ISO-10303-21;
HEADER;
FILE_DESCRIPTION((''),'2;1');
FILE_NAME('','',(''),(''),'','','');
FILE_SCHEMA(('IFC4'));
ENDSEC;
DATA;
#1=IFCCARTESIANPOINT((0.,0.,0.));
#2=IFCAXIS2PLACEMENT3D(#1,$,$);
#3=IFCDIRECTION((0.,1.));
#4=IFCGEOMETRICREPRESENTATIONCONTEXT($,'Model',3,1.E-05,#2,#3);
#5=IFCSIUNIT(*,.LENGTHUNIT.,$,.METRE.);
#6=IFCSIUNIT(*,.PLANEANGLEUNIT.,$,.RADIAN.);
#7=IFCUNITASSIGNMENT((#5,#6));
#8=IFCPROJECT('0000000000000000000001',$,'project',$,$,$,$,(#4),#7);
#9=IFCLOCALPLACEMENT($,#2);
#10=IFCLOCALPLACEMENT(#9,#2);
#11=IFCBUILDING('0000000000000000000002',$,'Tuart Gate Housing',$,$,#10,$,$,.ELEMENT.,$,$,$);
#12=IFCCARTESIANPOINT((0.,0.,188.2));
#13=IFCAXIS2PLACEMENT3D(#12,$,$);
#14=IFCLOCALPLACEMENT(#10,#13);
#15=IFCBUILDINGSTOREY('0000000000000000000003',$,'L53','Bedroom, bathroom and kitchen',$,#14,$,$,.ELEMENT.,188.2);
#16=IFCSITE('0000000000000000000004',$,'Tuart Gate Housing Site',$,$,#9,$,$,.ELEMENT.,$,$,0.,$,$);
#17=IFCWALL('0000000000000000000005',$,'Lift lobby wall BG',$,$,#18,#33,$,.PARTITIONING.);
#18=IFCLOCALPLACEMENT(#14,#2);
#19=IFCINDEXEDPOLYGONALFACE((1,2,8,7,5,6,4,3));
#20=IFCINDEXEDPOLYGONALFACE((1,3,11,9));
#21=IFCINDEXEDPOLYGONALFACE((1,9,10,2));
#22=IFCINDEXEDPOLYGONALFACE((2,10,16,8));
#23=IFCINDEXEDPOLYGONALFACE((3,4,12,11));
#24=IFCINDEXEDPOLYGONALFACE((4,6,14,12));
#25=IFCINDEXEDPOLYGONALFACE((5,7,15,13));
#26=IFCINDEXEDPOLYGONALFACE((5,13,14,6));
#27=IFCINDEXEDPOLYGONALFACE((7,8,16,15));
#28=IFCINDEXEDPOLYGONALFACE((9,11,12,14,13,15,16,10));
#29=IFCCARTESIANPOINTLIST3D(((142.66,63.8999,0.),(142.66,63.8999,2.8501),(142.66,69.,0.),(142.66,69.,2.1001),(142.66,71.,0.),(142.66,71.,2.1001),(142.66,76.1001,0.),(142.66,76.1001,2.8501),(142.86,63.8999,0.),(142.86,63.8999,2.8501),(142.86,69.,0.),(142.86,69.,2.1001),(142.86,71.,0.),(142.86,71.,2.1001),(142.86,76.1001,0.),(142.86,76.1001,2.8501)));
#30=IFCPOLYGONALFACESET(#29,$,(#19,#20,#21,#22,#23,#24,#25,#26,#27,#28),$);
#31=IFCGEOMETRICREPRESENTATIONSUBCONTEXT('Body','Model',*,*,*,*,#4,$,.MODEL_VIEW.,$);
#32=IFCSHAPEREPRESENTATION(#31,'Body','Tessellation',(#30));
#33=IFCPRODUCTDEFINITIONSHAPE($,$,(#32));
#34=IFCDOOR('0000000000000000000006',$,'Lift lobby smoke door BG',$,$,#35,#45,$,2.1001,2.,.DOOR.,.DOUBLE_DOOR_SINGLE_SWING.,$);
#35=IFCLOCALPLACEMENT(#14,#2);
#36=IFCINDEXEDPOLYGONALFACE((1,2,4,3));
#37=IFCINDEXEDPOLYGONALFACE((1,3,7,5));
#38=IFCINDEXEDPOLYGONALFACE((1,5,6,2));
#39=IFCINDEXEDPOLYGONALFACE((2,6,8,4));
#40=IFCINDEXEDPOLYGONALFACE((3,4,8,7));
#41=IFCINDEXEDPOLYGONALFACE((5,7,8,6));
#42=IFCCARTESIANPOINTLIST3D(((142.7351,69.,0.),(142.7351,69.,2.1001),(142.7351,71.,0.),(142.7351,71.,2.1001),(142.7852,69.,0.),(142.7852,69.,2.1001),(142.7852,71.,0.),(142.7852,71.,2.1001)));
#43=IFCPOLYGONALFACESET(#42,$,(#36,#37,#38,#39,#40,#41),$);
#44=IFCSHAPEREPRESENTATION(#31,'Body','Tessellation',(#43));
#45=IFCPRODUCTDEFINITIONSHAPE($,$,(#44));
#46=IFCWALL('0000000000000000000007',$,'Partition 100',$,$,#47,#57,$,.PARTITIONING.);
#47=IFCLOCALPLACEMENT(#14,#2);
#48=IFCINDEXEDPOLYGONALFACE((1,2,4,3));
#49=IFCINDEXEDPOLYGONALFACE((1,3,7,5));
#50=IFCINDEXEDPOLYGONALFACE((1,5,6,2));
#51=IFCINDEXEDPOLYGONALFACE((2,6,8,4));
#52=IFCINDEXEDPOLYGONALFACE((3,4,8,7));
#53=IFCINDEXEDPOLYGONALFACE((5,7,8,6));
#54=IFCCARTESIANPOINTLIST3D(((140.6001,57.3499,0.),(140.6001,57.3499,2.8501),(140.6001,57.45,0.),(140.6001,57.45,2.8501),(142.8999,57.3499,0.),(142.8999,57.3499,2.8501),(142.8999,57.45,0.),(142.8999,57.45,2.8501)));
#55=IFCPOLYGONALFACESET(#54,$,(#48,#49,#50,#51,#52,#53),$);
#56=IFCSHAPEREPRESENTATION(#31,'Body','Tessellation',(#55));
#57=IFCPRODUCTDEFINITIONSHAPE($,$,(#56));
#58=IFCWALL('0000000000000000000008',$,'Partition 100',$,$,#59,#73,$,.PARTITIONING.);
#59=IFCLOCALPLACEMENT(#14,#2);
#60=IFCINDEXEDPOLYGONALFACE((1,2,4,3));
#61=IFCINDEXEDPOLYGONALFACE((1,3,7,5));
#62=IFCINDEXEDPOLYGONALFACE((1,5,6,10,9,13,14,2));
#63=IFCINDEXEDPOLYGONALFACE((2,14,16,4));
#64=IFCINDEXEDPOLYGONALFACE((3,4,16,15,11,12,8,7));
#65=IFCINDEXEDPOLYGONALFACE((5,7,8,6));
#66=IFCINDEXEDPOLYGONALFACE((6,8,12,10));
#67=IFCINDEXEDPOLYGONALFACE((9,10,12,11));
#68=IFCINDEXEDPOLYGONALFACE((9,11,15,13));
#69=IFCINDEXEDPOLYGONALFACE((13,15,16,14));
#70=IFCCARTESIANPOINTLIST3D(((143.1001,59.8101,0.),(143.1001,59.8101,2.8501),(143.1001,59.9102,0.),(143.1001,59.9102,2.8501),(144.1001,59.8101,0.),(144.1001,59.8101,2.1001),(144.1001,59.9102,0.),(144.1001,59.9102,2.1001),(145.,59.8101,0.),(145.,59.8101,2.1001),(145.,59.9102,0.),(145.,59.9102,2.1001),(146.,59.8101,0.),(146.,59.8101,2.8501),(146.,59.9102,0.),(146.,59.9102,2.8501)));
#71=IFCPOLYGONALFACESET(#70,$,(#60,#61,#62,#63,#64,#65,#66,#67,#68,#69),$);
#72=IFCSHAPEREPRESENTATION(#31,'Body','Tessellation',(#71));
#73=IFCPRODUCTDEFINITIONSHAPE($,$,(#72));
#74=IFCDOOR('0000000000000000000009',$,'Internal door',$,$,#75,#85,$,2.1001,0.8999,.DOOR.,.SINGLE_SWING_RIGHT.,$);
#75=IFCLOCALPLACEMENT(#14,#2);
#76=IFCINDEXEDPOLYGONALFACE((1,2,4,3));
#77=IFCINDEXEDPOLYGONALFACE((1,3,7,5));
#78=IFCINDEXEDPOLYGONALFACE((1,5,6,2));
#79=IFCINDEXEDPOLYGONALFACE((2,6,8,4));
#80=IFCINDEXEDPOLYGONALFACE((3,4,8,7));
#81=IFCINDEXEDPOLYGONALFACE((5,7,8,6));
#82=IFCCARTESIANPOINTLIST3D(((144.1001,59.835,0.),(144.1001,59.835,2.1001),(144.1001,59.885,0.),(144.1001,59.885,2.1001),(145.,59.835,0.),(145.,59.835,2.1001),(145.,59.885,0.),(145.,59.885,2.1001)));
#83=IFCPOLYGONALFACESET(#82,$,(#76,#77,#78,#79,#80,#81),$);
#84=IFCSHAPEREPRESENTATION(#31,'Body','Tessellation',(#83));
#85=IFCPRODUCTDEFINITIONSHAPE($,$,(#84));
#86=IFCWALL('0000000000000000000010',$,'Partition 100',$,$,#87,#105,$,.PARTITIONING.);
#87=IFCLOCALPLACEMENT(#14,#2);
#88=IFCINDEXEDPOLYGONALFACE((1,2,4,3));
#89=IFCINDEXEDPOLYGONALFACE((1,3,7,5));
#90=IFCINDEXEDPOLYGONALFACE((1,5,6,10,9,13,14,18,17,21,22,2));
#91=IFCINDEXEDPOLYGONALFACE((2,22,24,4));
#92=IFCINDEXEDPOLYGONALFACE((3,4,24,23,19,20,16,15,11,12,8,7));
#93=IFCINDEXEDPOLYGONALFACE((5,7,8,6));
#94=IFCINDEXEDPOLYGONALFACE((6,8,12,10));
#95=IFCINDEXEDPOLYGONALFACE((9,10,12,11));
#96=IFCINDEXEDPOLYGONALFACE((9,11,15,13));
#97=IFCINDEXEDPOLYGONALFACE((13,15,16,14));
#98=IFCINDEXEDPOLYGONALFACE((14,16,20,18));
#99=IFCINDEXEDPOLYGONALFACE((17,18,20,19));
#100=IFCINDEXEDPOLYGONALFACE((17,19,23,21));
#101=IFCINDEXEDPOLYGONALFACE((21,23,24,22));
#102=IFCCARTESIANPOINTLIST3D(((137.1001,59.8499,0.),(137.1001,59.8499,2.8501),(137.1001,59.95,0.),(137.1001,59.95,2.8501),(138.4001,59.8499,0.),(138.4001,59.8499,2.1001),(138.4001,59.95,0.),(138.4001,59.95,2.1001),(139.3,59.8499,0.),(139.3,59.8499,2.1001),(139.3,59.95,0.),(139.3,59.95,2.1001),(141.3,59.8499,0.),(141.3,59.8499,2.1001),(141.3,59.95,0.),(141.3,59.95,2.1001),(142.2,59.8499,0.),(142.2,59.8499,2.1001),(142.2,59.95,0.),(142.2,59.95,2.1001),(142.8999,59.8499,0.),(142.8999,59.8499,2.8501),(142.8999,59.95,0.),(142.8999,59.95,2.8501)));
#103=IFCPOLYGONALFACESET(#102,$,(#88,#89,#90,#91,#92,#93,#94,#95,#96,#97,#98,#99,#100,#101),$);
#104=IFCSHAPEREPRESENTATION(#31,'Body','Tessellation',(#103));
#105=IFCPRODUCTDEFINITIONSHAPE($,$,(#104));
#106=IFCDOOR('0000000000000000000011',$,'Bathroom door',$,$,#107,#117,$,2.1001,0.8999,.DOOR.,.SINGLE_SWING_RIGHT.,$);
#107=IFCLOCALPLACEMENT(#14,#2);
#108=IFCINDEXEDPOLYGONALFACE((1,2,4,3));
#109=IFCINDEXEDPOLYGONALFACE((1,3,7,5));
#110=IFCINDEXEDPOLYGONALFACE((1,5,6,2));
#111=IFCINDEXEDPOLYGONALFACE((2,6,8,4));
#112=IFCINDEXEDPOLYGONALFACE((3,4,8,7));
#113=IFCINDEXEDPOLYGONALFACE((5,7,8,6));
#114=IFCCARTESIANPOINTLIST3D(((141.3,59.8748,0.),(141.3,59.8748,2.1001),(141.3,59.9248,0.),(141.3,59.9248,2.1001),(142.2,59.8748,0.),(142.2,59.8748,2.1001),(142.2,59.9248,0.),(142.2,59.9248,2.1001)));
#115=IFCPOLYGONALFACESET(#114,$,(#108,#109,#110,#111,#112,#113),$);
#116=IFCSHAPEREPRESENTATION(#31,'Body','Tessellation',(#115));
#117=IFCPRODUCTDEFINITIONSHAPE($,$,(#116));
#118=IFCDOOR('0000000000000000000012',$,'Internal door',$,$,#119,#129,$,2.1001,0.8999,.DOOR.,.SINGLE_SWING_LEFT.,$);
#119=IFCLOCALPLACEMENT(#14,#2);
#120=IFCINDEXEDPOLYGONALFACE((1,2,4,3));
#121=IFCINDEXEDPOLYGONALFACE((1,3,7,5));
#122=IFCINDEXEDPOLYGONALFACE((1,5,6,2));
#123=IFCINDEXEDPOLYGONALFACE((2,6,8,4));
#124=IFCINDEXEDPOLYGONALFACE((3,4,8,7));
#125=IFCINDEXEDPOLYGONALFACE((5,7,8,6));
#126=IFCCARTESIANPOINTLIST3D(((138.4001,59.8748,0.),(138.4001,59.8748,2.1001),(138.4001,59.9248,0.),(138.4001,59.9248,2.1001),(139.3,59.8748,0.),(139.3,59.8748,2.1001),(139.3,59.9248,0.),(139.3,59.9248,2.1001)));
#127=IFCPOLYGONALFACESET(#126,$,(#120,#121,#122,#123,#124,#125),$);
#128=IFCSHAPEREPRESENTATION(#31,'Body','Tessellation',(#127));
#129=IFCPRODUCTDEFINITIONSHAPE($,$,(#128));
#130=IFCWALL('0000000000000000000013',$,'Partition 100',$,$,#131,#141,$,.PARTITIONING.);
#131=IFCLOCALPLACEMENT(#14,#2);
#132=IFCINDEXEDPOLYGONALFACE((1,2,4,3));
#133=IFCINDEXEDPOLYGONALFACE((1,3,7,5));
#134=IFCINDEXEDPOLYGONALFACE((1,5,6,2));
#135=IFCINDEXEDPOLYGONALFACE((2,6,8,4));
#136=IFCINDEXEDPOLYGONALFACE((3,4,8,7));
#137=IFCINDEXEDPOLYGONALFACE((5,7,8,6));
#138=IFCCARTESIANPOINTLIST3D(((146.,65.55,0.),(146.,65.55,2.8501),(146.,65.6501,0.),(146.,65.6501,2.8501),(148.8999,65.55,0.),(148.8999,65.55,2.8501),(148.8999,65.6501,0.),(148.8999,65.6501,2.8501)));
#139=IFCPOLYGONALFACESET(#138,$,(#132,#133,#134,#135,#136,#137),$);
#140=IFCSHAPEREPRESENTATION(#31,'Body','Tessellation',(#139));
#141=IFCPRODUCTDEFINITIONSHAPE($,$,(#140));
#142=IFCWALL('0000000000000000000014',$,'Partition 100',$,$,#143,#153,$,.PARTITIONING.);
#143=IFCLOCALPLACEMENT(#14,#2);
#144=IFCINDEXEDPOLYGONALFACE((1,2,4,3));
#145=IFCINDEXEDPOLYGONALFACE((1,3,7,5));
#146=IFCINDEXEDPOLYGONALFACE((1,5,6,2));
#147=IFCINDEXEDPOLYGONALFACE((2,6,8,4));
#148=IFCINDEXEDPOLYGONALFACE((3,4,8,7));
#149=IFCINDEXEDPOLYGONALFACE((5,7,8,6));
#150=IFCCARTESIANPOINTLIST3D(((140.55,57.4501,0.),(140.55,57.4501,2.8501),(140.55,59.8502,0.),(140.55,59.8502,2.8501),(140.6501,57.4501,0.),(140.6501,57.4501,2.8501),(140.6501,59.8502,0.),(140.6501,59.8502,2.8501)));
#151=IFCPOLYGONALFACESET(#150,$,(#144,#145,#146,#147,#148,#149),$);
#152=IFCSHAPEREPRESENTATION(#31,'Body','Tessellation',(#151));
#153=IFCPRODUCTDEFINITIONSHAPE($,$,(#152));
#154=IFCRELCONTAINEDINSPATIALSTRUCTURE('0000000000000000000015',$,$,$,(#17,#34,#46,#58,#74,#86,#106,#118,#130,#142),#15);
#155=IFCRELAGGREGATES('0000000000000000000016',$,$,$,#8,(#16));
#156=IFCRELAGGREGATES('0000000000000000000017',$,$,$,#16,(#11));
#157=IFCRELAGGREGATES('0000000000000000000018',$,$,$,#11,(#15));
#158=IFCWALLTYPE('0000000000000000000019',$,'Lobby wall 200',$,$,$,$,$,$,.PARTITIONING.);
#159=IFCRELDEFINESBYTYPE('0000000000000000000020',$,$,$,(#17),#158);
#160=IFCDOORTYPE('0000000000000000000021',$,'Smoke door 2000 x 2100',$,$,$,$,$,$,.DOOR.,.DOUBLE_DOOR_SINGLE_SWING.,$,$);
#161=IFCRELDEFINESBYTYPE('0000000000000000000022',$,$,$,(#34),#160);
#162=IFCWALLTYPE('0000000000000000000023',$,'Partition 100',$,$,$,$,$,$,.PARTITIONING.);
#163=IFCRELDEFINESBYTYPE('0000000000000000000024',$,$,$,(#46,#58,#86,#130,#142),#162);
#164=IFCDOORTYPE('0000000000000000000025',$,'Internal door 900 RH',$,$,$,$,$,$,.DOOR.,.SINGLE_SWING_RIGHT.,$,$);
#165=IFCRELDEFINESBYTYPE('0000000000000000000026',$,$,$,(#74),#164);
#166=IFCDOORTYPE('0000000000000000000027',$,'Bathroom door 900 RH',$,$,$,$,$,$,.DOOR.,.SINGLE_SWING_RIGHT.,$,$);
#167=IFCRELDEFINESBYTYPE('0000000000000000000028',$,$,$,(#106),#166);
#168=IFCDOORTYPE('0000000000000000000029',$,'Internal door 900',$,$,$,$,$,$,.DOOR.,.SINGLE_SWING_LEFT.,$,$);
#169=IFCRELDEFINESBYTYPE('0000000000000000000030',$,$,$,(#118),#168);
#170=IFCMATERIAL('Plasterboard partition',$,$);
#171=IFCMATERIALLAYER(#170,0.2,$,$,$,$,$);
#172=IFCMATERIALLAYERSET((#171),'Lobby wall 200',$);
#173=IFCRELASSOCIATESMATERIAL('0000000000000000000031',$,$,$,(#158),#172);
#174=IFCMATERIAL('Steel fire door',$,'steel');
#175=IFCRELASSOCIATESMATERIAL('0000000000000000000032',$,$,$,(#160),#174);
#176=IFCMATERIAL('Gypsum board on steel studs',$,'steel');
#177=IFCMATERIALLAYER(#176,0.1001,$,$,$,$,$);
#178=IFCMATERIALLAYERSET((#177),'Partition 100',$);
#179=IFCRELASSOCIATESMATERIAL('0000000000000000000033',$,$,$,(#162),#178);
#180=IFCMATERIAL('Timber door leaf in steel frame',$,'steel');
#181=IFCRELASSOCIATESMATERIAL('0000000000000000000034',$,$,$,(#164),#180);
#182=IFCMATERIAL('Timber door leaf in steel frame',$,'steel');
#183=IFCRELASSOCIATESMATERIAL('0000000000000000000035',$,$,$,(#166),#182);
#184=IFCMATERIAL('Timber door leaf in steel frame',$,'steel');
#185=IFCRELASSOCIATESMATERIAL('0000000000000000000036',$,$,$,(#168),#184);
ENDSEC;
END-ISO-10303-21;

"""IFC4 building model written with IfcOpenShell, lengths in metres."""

from ifc_helpers import new_model, si_unit, direction, frame, frame_2d, origin, place, context, subcontext, project, spatial, rectangle, extrude, material, layer, layer_set, type_object, element, fill, save


model = new_model("IFC4")

# Units and contexts
model_context = context("Model", 3, precision=1e-05, world=origin(), true_north=direction((0.0, 1.0)))
body_context = subcontext(model_context, "Body", "Model", "MODEL_VIEW")
ifc_project = project(units=[si_unit("LENGTHUNIT", "METRE"), si_unit("PLANEANGLEUNIT", "RADIAN")], contexts=[model_context])

# Site, building, storey
site_placement = place(None, origin())
site = spatial("IfcSite", under=ifc_project, at=site_placement, Name="Tuart Gate Housing Site", CompositionType="ELEMENT", RefElevation=0.0)
building_placement = place(site_placement, origin())
building = spatial("IfcBuilding", under=site, at=building_placement, Name="Tuart Gate Housing", CompositionType="ELEMENT")
storey_placement = place(building_placement, frame((0.0, 0.0, 188.2)))
storey = spatial("IfcBuildingStorey", under=building, at=storey_placement, Name="L53", Description="Bedroom, bathroom and kitchen", CompositionType="ELEMENT", Elevation=188.2)

# Wall, opening, door
ifc_material_1 = material(Name="Plasterboard partition")
ifc_layer_1 = layer(ifc_material_1, 0.2)
ifc_layer_set_1 = layer_set([ifc_layer_1], Name="Lobby wall 200")
wall_type_1 = type_object("IfcWallType", Name="Lobby wall 200", PredefinedType="PARTITIONING", material=ifc_layer_set_1)
wall_1_placement = place(storey_placement, frame((142.76, 63.8999, 0.0), z_axis=(0.0, 0.0, 1.0), x_axis=(0.0, 1.0, 0.0)))
wall_1 = element("IfcWall", 1, at=wall_1_placement, inside=storey, type_object=wall_type_1, Name="Lift lobby wall BG", PredefinedType="PARTITIONING", context=body_context, shape_type="SweptSolid", body=[
    extrude(rectangle(XDim=12.2002, YDim=0.2, at=frame_2d((6.1001, 0.0))), origin(), (0.0, 0.0, 1.0), 2.8501),
])
opening_1_placement = place(wall_1_placement, frame((5.1001, 0.0, 0.0)))
opening_1 = element("IfcOpeningElement", 2, at=opening_1_placement, cuts=wall_1, PredefinedType="OPENING", context=body_context, shape_type="SweptSolid", body=[
    extrude(rectangle(XDim=2.0, YDim=2.1001, at=frame_2d((1.0, 1.05))), frame((0.0, 0.1099, 0.0), z_axis=(0.0, -1.0, 0.0), x_axis=(1.0, 0.0, 0.0)), (0.0, 0.0, 1.0), 0.22),
])
ifc_material_2 = material(Name="Steel fire door", Category="steel")
door_type_1 = type_object("IfcDoorType", Name="Smoke door 2000 x 2100", OperationType="DOUBLE_DOOR_SINGLE_SWING", PredefinedType="DOOR", material=ifc_material_2)
door_1_placement = place(opening_1_placement, origin())
door_1 = element("IfcDoor", 3, at=door_1_placement, inside=storey, type_object=door_type_1, Name="Lift lobby smoke door BG", OperationType="DOUBLE_DOOR_SINGLE_SWING", OverallHeight=2.1001, OverallWidth=2.0, PredefinedType="DOOR", context=body_context, shape_type="SweptSolid", body=[
    extrude(rectangle(XDim=2.0, YDim=2.1001, at=frame_2d((1.0, 1.05))), frame((0.0, 0.0249, 0.0), z_axis=(0.0, -1.0, 0.0), x_axis=(1.0, 0.0, 0.0)), (0.0, 0.0, 1.0), 0.05),
])
fill(opening_1, door_1)

# Wall
ifc_material_3 = material(Name="Gypsum board on steel studs", Category="steel")
ifc_layer_2 = layer(ifc_material_3, 0.1001)
ifc_layer_set_2 = layer_set([ifc_layer_2], Name="Partition 100")
wall_type_2 = type_object("IfcWallType", Name="Partition 100", PredefinedType="PARTITIONING", material=ifc_layer_set_2)
wall_2_placement = place(storey_placement, frame((140.6001, 57.3999, 0.0), z_axis=(0.0, 0.0, 1.0), x_axis=(1.0, 0.0, 0.0)))
element("IfcWall", 4, at=wall_2_placement, inside=storey, type_object=wall_type_2, Name="Partition 100", PredefinedType="PARTITIONING", context=body_context, shape_type="SweptSolid", body=[
    extrude(rectangle(XDim=2.2998, YDim=0.1001, at=frame_2d((1.1499, 0.0))), origin(), (0.0, 0.0, 1.0), 2.8501),
])

# Wall, opening, door
wall_3_placement = place(storey_placement, frame((143.1001, 59.8601, 0.0), z_axis=(0.0, 0.0, 1.0), x_axis=(1.0, 0.0, 0.0)))
wall_3 = element("IfcWall", 5, at=wall_3_placement, inside=storey, type_object=wall_type_2, Name="Partition 100", PredefinedType="PARTITIONING", context=body_context, shape_type="SweptSolid", body=[
    extrude(rectangle(XDim=2.8999, YDim=0.1001, at=frame_2d((1.45, 0.0))), origin(), (0.0, 0.0, 1.0), 2.8501),
])
opening_2_placement = place(wall_3_placement, frame((1.0, 0.0, 0.0)))
opening_2 = element("IfcOpeningElement", 6, at=opening_2_placement, cuts=wall_3, PredefinedType="OPENING", context=body_context, shape_type="SweptSolid", body=[
    extrude(rectangle(XDim=0.8999, YDim=2.1001, at=frame_2d((0.45, 1.05))), frame((0.0, 0.0601, 0.0), z_axis=(0.0, -1.0, 0.0), x_axis=(1.0, 0.0, 0.0)), (0.0, 0.0, 1.0), 0.1201),
])
ifc_material_4 = material(Name="Timber door leaf in steel frame", Category="steel")
door_type_2 = type_object("IfcDoorType", Name="Internal door 900 RH", OperationType="SINGLE_SWING_RIGHT", PredefinedType="DOOR", material=ifc_material_4)
door_2_placement = place(opening_2_placement, origin())
door_2 = element("IfcDoor", 7, at=door_2_placement, inside=storey, type_object=door_type_2, Name="Internal door", OperationType="SINGLE_SWING_RIGHT", OverallHeight=2.1001, OverallWidth=0.8999, PredefinedType="DOOR", context=body_context, shape_type="SweptSolid", body=[
    extrude(rectangle(XDim=0.8999, YDim=2.1001, at=frame_2d((0.45, 1.05))), frame((0.0, 0.0249, 0.0), z_axis=(0.0, -1.0, 0.0), x_axis=(1.0, 0.0, 0.0)), (0.0, 0.0, 1.0), 0.05),
])
fill(opening_2, door_2)

# Wall, openings, doors
wall_4_placement = place(storey_placement, frame((137.1001, 59.8999, 0.0), z_axis=(0.0, 0.0, 1.0), x_axis=(1.0, 0.0, 0.0)))
wall_4 = element("IfcWall", 8, at=wall_4_placement, inside=storey, type_object=wall_type_2, Name="Partition 100", PredefinedType="PARTITIONING", context=body_context, shape_type="SweptSolid", body=[
    extrude(rectangle(XDim=5.7998, YDim=0.1001, at=frame_2d((2.8999, 0.0))), origin(), (0.0, 0.0, 1.0), 2.8501),
])
opening_3_placement = place(wall_4_placement, frame((1.3, 0.0, 0.0)))
opening_3 = element("IfcOpeningElement", 9, at=opening_3_placement, cuts=wall_4, PredefinedType="OPENING", context=body_context, shape_type="SweptSolid", body=[
    extrude(rectangle(XDim=0.8999, YDim=2.1001, at=frame_2d((0.45, 1.05))), frame((0.0, 0.0601, 0.0), z_axis=(0.0, -1.0, 0.0), x_axis=(1.0, 0.0, 0.0)), (0.0, 0.0, 1.0), 0.1201),
])
opening_4_placement = place(wall_4_placement, frame((4.2, 0.0, 0.0)))
opening_4 = element("IfcOpeningElement", 10, at=opening_4_placement, cuts=wall_4, PredefinedType="OPENING", context=body_context, shape_type="SweptSolid", body=[
    extrude(rectangle(XDim=0.8999, YDim=2.1001, at=frame_2d((0.45, 1.05))), frame((0.0, 0.0601, 0.0), z_axis=(0.0, -1.0, 0.0), x_axis=(1.0, 0.0, 0.0)), (0.0, 0.0, 1.0), 0.1201),
])
ifc_material_5 = material(Name="Timber door leaf in steel frame", Category="steel")
door_type_3 = type_object("IfcDoorType", Name="Bathroom door 900 RH", OperationType="SINGLE_SWING_RIGHT", PredefinedType="DOOR", material=ifc_material_5)
door_3_placement = place(opening_4_placement, frame((0.8999, 0.0, 0.0), z_axis=(0.0, 0.0, 1.0), x_axis=(-1.0, 0.0, 0.0)))
door_3 = element("IfcDoor", 11, at=door_3_placement, inside=storey, type_object=door_type_3, Name="Bathroom door", OperationType="SINGLE_SWING_RIGHT", OverallHeight=2.1001, OverallWidth=0.8999, PredefinedType="DOOR", context=body_context, shape_type="SweptSolid", body=[
    extrude(rectangle(XDim=0.8999, YDim=2.1001, at=frame_2d((0.45, 1.05))), frame((0.0, 0.0251, 0.0), z_axis=(0.0, -1.0, 0.0), x_axis=(1.0, 0.0, 0.0)), (0.0, 0.0, 1.0), 0.05),
])
fill(opening_4, door_3)
ifc_material_6 = material(Name="Timber door leaf in steel frame", Category="steel")
door_type_4 = type_object("IfcDoorType", Name="Internal door 900", OperationType="SINGLE_SWING_LEFT", PredefinedType="DOOR", material=ifc_material_6)
door_4_placement = place(opening_3_placement, frame((0.8999, 0.0, 0.0), z_axis=(0.0, 0.0, 1.0), x_axis=(-1.0, 0.0, 0.0)))
door_4 = element("IfcDoor", 12, at=door_4_placement, inside=storey, type_object=door_type_4, Name="Internal door", OperationType="SINGLE_SWING_LEFT", OverallHeight=2.1001, OverallWidth=0.8999, PredefinedType="DOOR", context=body_context, shape_type="SweptSolid", body=[
    extrude(rectangle(XDim=0.8999, YDim=2.1001, at=frame_2d((0.45, 1.05))), frame((0.0, 0.0251, 0.0), z_axis=(0.0, -1.0, 0.0), x_axis=(1.0, 0.0, 0.0)), (0.0, 0.0, 1.0), 0.05),
])
fill(opening_3, door_4)

# Walls
wall_5_placement = place(storey_placement, frame((146.0, 65.6001, 0.0), z_axis=(0.0, 0.0, 1.0), x_axis=(1.0, 0.0, 0.0)))
element("IfcWall", 13, at=wall_5_placement, inside=storey, type_object=wall_type_2, Name="Partition 100", PredefinedType="PARTITIONING", context=body_context, shape_type="SweptSolid", body=[
    extrude(rectangle(XDim=2.8999, YDim=0.1001, at=frame_2d((1.45, 0.0))), origin(), (0.0, 0.0, 1.0), 2.8501),
])
wall_6_placement = place(storey_placement, frame((140.6001, 57.45, 0.0), z_axis=(0.0, 0.0, 1.0), x_axis=(0.0, 1.0, 0.0)))
element("IfcWall", 14, at=wall_6_placement, inside=storey, type_object=wall_type_2, Name="Partition 100", PredefinedType="PARTITIONING", context=body_context, shape_type="SweptSolid", body=[
    extrude(rectangle(XDim=2.4001, YDim=0.1001, at=frame_2d((1.2002, 0.0))), origin(), (0.0, 0.0, 1.0), 2.8501),
])

save(model, "model.ifc")
